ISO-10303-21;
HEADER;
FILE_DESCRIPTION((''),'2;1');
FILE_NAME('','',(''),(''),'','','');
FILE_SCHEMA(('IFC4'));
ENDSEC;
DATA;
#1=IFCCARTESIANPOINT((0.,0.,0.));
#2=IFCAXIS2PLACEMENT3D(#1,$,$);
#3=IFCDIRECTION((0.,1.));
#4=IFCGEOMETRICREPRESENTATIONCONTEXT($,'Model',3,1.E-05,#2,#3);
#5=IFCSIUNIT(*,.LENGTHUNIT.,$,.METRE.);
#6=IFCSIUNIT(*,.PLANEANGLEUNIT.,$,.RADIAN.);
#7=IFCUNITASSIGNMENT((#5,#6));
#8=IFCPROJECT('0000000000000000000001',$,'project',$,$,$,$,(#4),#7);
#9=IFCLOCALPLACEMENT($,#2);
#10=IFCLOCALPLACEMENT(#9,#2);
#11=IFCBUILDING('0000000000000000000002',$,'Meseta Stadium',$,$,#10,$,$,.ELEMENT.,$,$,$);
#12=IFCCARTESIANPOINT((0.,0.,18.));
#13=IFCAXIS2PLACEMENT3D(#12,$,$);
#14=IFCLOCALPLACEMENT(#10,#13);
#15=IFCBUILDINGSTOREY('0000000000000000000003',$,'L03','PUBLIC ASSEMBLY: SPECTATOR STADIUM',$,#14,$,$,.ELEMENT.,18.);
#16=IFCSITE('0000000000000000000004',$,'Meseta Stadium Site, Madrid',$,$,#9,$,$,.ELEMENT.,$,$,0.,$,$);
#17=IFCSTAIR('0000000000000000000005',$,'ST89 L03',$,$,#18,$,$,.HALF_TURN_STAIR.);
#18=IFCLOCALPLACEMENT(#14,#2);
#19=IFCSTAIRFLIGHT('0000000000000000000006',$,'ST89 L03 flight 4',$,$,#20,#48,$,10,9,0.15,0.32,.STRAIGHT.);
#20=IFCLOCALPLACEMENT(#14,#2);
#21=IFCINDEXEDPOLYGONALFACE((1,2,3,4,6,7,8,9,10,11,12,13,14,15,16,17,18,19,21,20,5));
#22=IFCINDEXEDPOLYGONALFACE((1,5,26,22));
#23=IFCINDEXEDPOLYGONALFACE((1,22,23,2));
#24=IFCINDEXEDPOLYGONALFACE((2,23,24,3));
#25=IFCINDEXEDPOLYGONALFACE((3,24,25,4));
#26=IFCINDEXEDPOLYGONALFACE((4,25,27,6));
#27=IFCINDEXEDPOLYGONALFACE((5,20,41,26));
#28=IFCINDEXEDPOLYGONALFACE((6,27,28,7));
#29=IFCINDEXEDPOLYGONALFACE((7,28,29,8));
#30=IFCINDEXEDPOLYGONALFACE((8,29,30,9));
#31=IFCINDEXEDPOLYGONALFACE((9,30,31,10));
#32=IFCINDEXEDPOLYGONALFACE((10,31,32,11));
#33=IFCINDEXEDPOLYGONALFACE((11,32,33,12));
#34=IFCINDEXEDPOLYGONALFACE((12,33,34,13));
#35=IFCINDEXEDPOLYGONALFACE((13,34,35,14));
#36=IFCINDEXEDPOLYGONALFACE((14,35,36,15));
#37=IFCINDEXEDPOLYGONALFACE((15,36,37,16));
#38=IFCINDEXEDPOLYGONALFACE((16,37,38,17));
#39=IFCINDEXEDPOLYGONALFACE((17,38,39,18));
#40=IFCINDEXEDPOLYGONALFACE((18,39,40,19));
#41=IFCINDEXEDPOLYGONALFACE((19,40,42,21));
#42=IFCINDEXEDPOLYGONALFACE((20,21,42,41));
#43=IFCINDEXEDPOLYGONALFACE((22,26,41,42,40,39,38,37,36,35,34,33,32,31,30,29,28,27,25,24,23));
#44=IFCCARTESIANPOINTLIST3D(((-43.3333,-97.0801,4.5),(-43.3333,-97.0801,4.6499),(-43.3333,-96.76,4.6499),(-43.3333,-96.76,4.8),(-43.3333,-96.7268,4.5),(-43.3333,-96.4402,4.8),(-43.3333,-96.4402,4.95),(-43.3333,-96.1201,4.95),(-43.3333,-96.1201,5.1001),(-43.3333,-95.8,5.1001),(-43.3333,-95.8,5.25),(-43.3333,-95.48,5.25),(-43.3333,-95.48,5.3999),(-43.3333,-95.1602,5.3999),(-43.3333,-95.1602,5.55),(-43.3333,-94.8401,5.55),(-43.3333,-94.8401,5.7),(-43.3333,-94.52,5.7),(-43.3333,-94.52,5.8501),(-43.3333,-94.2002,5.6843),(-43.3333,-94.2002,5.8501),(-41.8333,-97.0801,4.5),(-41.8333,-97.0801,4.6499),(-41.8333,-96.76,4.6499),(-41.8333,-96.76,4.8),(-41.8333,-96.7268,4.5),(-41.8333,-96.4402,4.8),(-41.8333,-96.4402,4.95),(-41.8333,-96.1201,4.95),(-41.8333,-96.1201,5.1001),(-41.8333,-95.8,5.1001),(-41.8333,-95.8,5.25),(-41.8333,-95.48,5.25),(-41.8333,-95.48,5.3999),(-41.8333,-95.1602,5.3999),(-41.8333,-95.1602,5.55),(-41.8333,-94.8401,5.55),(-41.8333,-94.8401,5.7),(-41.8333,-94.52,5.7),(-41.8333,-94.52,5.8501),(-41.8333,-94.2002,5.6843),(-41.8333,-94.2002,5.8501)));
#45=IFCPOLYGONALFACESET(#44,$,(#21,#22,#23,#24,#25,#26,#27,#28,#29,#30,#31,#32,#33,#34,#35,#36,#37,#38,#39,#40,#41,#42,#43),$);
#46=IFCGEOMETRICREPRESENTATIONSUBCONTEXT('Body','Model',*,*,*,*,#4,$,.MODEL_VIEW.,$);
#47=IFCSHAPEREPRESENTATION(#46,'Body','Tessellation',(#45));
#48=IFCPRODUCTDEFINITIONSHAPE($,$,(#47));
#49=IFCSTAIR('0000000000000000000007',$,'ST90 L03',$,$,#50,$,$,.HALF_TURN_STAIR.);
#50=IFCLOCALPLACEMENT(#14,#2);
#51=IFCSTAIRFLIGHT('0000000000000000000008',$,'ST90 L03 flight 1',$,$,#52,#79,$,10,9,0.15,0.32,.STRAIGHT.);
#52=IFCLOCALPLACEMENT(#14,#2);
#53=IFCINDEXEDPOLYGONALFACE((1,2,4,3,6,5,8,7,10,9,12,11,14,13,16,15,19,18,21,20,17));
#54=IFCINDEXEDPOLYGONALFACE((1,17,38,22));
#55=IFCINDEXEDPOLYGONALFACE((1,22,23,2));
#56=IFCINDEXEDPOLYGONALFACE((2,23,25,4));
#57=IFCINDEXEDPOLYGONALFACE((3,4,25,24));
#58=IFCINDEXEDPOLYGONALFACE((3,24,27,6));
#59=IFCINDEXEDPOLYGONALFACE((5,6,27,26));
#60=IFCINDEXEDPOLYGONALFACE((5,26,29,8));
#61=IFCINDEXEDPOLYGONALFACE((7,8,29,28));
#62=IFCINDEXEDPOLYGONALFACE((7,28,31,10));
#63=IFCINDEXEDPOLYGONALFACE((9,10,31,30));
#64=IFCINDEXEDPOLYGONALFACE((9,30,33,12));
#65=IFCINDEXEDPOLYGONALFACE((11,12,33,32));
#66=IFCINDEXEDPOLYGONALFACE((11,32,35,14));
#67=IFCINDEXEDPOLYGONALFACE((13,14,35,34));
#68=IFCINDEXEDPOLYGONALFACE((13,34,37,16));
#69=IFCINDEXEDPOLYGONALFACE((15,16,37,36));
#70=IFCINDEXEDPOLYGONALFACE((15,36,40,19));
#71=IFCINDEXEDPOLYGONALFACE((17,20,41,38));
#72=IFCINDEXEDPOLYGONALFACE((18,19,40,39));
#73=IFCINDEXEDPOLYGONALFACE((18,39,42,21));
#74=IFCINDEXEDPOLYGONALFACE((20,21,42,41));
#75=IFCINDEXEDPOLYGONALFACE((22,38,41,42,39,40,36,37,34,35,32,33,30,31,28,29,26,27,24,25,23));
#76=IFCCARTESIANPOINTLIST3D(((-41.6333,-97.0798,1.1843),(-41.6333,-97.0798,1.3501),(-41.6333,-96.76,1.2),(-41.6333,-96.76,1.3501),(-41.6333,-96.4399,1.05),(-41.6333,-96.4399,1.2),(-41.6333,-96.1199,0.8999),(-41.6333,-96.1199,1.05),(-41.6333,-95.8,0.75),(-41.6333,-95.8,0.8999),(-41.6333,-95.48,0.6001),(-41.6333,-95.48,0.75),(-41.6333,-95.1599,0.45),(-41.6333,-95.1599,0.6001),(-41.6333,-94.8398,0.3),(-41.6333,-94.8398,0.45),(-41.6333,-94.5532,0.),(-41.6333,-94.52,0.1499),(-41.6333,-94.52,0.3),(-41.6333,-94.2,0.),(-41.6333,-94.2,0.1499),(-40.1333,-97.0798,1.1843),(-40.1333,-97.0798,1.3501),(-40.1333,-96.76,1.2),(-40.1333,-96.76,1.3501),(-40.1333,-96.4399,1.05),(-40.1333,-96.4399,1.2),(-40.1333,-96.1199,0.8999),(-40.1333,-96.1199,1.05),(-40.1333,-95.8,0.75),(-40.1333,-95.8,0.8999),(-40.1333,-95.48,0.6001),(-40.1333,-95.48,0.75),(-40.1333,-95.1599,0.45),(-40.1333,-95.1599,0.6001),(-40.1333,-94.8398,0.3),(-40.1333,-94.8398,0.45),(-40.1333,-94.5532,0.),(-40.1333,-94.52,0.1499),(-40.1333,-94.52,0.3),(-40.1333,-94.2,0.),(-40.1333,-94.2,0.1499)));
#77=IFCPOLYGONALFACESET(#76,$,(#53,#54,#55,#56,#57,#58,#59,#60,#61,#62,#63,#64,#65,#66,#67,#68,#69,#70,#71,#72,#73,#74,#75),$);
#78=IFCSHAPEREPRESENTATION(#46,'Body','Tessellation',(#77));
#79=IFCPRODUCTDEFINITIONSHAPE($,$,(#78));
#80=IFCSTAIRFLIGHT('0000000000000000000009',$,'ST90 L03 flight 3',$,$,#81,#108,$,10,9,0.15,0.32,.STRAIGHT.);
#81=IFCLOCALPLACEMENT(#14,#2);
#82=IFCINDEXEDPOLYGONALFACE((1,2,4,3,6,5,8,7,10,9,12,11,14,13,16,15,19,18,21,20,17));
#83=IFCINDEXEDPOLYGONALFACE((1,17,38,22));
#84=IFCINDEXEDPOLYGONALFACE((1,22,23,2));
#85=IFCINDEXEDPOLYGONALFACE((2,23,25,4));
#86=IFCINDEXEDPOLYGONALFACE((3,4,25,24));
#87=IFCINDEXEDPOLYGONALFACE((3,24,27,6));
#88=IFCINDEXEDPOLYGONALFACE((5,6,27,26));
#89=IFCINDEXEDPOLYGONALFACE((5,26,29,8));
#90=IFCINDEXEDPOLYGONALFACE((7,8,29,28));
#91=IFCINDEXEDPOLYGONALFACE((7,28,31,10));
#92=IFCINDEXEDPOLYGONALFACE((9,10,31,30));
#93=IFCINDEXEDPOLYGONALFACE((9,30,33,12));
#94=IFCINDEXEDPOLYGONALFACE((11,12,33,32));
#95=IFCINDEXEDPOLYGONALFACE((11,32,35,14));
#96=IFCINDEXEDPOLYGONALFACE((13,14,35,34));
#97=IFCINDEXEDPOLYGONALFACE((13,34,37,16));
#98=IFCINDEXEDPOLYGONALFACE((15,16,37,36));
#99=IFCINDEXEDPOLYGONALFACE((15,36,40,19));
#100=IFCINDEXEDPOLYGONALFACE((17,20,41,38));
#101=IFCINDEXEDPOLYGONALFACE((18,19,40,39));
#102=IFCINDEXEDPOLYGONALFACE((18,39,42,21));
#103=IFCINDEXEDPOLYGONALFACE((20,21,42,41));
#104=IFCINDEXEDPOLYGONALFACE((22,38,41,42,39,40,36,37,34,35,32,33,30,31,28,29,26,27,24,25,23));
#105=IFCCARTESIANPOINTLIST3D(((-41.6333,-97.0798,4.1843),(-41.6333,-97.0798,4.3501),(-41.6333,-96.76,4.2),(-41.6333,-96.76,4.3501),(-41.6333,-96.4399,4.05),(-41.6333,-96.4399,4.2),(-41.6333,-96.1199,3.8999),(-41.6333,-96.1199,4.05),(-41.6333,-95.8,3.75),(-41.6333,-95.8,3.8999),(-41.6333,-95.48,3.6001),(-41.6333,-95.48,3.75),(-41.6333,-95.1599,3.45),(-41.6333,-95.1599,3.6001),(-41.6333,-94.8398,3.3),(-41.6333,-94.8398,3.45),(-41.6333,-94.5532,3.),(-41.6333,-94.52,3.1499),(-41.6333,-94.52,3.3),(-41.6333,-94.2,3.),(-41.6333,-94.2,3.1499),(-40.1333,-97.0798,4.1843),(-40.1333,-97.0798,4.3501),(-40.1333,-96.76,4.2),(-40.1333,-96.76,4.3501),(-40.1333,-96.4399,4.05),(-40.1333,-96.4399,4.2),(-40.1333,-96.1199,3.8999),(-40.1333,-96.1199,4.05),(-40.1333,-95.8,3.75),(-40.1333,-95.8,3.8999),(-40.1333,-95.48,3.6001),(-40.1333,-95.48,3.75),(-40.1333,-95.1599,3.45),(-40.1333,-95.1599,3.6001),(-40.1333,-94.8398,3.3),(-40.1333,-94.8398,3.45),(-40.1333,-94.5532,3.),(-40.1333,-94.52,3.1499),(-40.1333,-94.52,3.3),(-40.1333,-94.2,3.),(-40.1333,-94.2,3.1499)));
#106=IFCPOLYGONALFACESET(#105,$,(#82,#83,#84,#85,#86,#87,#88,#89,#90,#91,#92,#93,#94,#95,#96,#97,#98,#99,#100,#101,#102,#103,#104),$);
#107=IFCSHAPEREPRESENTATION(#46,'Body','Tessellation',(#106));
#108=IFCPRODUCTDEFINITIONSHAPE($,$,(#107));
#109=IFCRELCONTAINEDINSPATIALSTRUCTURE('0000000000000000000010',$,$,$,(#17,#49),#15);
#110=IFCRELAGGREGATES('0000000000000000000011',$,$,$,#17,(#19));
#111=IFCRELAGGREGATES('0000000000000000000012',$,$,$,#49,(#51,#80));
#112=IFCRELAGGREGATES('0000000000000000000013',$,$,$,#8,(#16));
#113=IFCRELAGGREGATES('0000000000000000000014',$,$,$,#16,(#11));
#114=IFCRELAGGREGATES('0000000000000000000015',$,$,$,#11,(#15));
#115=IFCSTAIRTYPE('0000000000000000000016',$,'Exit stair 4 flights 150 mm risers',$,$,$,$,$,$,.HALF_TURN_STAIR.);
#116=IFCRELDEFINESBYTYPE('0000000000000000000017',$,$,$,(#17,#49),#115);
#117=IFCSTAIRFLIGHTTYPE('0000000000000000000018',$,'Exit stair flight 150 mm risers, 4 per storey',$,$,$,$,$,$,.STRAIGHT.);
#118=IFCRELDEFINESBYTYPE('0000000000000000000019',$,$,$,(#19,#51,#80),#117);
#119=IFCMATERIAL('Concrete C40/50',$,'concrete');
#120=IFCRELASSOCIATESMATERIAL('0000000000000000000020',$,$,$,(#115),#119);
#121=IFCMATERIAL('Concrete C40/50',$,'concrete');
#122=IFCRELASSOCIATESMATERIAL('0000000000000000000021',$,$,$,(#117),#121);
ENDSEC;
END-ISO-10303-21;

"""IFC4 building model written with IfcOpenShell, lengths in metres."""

from ifc_helpers import new_model, si_unit, direction, frame, origin, place, context, subcontext, project, spatial, polyline, outline, extrude, material, type_object, element, aggregate, save


model = new_model("IFC4")

# Units and contexts
model_context = context("Model", 3, precision=1e-05, world=origin(), true_north=direction((0.0, 1.0)))
body_context = subcontext(model_context, "Body", "Model", "MODEL_VIEW")
ifc_project = project(units=[si_unit("LENGTHUNIT", "METRE"), si_unit("PLANEANGLEUNIT", "RADIAN")], contexts=[model_context])

# Site, building, storey
site_placement = place(None, origin())
site = spatial("IfcSite", under=ifc_project, at=site_placement, Name="Meseta Stadium Site, Madrid", CompositionType="ELEMENT", RefElevation=0.0)
building_placement = place(site_placement, origin())
building = spatial("IfcBuilding", under=site, at=building_placement, Name="Meseta Stadium", CompositionType="ELEMENT")
storey_placement = place(building_placement, frame((0.0, 0.0, 18.0)))
storey = spatial("IfcBuildingStorey", under=building, at=storey_placement, Name="L03", Description="PUBLIC ASSEMBLY: SPECTATOR STADIUM", CompositionType="ELEMENT", Elevation=18.0)

# Stairs, stair flights
ifc_material_1 = material(Name="Concrete C40/50", Category="concrete")
stair_type = type_object("IfcStairType", Name="Exit stair 4 flights 150 mm risers", PredefinedType="HALF_TURN_STAIR", material=ifc_material_1)
stair_1_placement = place(storey_placement, origin())
stair_1 = element("IfcStair", 1, at=stair_1_placement, inside=storey, type_object=stair_type, Name="ST89 L03", PredefinedType="HALF_TURN_STAIR")
ifc_material_2 = material(Name="Concrete C40/50", Category="concrete")
stair_flight_type = type_object("IfcStairFlightType", Name="Exit stair flight 150 mm risers, 4 per storey", PredefinedType="STRAIGHT", material=ifc_material_2)
stair_flight_1_placement = place(storey_placement, frame((-42.5833, -97.0801, 4.5), z_axis=(0.0, 0.0, 1.0), x_axis=(0.0, 1.0, 0.0)))
stair_flight_1 = element("IfcStairFlight", 2, at=stair_flight_1_placement, type_object=stair_flight_type, Name="ST89 L03 flight 4", NumberOfRisers=10, NumberOfTreads=9, PredefinedType="STRAIGHT", RiserHeight=0.15, TreadLength=0.32, context=body_context, shape_type="SweptSolid", body=[
    extrude(outline(polyline([(0.0, 0.0), (0.0, 0.1499), (0.3201, 0.1499), (0.3201, 0.3), (0.6399, 0.3), (0.6399, 0.45), (0.96, 0.45), (0.96, 0.6001), (1.28, 0.6001), (1.28, 0.75), (1.6001, 0.75), (1.6001, 0.8999), (1.9199, 0.8999), (1.9199, 1.05), (2.24, 1.05), (2.24, 1.2), (2.5601, 1.2), (2.5601, 1.3501), (2.8799, 1.3501), (2.8799, 1.1843), (0.3533, 0.0), (0.0, 0.0)])), frame((0.0, 0.75, 0.0), z_axis=(0.0, -1.0, 0.0), x_axis=(1.0, 0.0, 0.0)), (0.0, 0.0, 1.0), 1.5),
])
aggregate(stair_1, [stair_flight_1])
stair_2_placement = place(storey_placement, origin())
stair_2 = element("IfcStair", 3, at=stair_2_placement, inside=storey, type_object=stair_type, Name="ST90 L03", PredefinedType="HALF_TURN_STAIR")
stair_flight_2_placement = place(storey_placement, frame((-40.8833, -94.2, 0.0), z_axis=(0.0, 0.0, 1.0), x_axis=(0.0, -1.0, 0.0)))
stair_flight_2 = element("IfcStairFlight", 4, at=stair_flight_2_placement, type_object=stair_flight_type, Name="ST90 L03 flight 1", NumberOfRisers=10, NumberOfTreads=9, PredefinedType="STRAIGHT", RiserHeight=0.15, TreadLength=0.32, context=body_context, shape_type="SweptSolid", body=[
    extrude(outline(polyline([(0.0, 0.0), (0.0, 0.1499), (0.3201, 0.1499), (0.3201, 0.3), (0.6399, 0.3), (0.6399, 0.45), (0.96, 0.45), (0.96, 0.6001), (1.28, 0.6001), (1.28, 0.75), (1.6001, 0.75), (1.6001, 0.8999), (1.9199, 0.8999), (1.9199, 1.05), (2.24, 1.05), (2.24, 1.2), (2.5601, 1.2), (2.5601, 1.3501), (2.8799, 1.3501), (2.8799, 1.1843), (0.3533, 0.0), (0.0, 0.0)])), frame((0.0, 0.75, 0.0), z_axis=(0.0, -1.0, 0.0), x_axis=(1.0, 0.0, 0.0)), (0.0, 0.0, 1.0), 1.5),
])
stair_flight_3_placement = place(storey_placement, frame((-40.8833, -94.2, 3.0), z_axis=(0.0, 0.0, 1.0), x_axis=(0.0, -1.0, 0.0)))
stair_flight_3 = element("IfcStairFlight", 5, at=stair_flight_3_placement, type_object=stair_flight_type, Name="ST90 L03 flight 3", NumberOfRisers=10, NumberOfTreads=9, PredefinedType="STRAIGHT", RiserHeight=0.15, TreadLength=0.32, context=body_context, shape_type="SweptSolid", body=[
    extrude(outline(polyline([(0.0, 0.0), (0.0, 0.1499), (0.3201, 0.1499), (0.3201, 0.3), (0.6399, 0.3), (0.6399, 0.45), (0.96, 0.45), (0.96, 0.6001), (1.28, 0.6001), (1.28, 0.75), (1.6001, 0.75), (1.6001, 0.8999), (1.9199, 0.8999), (1.9199, 1.05), (2.24, 1.05), (2.24, 1.2), (2.5601, 1.2), (2.5601, 1.3501), (2.8799, 1.3501), (2.8799, 1.1843), (0.3533, 0.0), (0.0, 0.0)])), frame((0.0, 0.75, 0.0), z_axis=(0.0, -1.0, 0.0), x_axis=(1.0, 0.0, 0.0)), (0.0, 0.0, 1.0), 1.5),
])
aggregate(stair_2, [stair_flight_2, stair_flight_3])

save(model, "model.ifc")
